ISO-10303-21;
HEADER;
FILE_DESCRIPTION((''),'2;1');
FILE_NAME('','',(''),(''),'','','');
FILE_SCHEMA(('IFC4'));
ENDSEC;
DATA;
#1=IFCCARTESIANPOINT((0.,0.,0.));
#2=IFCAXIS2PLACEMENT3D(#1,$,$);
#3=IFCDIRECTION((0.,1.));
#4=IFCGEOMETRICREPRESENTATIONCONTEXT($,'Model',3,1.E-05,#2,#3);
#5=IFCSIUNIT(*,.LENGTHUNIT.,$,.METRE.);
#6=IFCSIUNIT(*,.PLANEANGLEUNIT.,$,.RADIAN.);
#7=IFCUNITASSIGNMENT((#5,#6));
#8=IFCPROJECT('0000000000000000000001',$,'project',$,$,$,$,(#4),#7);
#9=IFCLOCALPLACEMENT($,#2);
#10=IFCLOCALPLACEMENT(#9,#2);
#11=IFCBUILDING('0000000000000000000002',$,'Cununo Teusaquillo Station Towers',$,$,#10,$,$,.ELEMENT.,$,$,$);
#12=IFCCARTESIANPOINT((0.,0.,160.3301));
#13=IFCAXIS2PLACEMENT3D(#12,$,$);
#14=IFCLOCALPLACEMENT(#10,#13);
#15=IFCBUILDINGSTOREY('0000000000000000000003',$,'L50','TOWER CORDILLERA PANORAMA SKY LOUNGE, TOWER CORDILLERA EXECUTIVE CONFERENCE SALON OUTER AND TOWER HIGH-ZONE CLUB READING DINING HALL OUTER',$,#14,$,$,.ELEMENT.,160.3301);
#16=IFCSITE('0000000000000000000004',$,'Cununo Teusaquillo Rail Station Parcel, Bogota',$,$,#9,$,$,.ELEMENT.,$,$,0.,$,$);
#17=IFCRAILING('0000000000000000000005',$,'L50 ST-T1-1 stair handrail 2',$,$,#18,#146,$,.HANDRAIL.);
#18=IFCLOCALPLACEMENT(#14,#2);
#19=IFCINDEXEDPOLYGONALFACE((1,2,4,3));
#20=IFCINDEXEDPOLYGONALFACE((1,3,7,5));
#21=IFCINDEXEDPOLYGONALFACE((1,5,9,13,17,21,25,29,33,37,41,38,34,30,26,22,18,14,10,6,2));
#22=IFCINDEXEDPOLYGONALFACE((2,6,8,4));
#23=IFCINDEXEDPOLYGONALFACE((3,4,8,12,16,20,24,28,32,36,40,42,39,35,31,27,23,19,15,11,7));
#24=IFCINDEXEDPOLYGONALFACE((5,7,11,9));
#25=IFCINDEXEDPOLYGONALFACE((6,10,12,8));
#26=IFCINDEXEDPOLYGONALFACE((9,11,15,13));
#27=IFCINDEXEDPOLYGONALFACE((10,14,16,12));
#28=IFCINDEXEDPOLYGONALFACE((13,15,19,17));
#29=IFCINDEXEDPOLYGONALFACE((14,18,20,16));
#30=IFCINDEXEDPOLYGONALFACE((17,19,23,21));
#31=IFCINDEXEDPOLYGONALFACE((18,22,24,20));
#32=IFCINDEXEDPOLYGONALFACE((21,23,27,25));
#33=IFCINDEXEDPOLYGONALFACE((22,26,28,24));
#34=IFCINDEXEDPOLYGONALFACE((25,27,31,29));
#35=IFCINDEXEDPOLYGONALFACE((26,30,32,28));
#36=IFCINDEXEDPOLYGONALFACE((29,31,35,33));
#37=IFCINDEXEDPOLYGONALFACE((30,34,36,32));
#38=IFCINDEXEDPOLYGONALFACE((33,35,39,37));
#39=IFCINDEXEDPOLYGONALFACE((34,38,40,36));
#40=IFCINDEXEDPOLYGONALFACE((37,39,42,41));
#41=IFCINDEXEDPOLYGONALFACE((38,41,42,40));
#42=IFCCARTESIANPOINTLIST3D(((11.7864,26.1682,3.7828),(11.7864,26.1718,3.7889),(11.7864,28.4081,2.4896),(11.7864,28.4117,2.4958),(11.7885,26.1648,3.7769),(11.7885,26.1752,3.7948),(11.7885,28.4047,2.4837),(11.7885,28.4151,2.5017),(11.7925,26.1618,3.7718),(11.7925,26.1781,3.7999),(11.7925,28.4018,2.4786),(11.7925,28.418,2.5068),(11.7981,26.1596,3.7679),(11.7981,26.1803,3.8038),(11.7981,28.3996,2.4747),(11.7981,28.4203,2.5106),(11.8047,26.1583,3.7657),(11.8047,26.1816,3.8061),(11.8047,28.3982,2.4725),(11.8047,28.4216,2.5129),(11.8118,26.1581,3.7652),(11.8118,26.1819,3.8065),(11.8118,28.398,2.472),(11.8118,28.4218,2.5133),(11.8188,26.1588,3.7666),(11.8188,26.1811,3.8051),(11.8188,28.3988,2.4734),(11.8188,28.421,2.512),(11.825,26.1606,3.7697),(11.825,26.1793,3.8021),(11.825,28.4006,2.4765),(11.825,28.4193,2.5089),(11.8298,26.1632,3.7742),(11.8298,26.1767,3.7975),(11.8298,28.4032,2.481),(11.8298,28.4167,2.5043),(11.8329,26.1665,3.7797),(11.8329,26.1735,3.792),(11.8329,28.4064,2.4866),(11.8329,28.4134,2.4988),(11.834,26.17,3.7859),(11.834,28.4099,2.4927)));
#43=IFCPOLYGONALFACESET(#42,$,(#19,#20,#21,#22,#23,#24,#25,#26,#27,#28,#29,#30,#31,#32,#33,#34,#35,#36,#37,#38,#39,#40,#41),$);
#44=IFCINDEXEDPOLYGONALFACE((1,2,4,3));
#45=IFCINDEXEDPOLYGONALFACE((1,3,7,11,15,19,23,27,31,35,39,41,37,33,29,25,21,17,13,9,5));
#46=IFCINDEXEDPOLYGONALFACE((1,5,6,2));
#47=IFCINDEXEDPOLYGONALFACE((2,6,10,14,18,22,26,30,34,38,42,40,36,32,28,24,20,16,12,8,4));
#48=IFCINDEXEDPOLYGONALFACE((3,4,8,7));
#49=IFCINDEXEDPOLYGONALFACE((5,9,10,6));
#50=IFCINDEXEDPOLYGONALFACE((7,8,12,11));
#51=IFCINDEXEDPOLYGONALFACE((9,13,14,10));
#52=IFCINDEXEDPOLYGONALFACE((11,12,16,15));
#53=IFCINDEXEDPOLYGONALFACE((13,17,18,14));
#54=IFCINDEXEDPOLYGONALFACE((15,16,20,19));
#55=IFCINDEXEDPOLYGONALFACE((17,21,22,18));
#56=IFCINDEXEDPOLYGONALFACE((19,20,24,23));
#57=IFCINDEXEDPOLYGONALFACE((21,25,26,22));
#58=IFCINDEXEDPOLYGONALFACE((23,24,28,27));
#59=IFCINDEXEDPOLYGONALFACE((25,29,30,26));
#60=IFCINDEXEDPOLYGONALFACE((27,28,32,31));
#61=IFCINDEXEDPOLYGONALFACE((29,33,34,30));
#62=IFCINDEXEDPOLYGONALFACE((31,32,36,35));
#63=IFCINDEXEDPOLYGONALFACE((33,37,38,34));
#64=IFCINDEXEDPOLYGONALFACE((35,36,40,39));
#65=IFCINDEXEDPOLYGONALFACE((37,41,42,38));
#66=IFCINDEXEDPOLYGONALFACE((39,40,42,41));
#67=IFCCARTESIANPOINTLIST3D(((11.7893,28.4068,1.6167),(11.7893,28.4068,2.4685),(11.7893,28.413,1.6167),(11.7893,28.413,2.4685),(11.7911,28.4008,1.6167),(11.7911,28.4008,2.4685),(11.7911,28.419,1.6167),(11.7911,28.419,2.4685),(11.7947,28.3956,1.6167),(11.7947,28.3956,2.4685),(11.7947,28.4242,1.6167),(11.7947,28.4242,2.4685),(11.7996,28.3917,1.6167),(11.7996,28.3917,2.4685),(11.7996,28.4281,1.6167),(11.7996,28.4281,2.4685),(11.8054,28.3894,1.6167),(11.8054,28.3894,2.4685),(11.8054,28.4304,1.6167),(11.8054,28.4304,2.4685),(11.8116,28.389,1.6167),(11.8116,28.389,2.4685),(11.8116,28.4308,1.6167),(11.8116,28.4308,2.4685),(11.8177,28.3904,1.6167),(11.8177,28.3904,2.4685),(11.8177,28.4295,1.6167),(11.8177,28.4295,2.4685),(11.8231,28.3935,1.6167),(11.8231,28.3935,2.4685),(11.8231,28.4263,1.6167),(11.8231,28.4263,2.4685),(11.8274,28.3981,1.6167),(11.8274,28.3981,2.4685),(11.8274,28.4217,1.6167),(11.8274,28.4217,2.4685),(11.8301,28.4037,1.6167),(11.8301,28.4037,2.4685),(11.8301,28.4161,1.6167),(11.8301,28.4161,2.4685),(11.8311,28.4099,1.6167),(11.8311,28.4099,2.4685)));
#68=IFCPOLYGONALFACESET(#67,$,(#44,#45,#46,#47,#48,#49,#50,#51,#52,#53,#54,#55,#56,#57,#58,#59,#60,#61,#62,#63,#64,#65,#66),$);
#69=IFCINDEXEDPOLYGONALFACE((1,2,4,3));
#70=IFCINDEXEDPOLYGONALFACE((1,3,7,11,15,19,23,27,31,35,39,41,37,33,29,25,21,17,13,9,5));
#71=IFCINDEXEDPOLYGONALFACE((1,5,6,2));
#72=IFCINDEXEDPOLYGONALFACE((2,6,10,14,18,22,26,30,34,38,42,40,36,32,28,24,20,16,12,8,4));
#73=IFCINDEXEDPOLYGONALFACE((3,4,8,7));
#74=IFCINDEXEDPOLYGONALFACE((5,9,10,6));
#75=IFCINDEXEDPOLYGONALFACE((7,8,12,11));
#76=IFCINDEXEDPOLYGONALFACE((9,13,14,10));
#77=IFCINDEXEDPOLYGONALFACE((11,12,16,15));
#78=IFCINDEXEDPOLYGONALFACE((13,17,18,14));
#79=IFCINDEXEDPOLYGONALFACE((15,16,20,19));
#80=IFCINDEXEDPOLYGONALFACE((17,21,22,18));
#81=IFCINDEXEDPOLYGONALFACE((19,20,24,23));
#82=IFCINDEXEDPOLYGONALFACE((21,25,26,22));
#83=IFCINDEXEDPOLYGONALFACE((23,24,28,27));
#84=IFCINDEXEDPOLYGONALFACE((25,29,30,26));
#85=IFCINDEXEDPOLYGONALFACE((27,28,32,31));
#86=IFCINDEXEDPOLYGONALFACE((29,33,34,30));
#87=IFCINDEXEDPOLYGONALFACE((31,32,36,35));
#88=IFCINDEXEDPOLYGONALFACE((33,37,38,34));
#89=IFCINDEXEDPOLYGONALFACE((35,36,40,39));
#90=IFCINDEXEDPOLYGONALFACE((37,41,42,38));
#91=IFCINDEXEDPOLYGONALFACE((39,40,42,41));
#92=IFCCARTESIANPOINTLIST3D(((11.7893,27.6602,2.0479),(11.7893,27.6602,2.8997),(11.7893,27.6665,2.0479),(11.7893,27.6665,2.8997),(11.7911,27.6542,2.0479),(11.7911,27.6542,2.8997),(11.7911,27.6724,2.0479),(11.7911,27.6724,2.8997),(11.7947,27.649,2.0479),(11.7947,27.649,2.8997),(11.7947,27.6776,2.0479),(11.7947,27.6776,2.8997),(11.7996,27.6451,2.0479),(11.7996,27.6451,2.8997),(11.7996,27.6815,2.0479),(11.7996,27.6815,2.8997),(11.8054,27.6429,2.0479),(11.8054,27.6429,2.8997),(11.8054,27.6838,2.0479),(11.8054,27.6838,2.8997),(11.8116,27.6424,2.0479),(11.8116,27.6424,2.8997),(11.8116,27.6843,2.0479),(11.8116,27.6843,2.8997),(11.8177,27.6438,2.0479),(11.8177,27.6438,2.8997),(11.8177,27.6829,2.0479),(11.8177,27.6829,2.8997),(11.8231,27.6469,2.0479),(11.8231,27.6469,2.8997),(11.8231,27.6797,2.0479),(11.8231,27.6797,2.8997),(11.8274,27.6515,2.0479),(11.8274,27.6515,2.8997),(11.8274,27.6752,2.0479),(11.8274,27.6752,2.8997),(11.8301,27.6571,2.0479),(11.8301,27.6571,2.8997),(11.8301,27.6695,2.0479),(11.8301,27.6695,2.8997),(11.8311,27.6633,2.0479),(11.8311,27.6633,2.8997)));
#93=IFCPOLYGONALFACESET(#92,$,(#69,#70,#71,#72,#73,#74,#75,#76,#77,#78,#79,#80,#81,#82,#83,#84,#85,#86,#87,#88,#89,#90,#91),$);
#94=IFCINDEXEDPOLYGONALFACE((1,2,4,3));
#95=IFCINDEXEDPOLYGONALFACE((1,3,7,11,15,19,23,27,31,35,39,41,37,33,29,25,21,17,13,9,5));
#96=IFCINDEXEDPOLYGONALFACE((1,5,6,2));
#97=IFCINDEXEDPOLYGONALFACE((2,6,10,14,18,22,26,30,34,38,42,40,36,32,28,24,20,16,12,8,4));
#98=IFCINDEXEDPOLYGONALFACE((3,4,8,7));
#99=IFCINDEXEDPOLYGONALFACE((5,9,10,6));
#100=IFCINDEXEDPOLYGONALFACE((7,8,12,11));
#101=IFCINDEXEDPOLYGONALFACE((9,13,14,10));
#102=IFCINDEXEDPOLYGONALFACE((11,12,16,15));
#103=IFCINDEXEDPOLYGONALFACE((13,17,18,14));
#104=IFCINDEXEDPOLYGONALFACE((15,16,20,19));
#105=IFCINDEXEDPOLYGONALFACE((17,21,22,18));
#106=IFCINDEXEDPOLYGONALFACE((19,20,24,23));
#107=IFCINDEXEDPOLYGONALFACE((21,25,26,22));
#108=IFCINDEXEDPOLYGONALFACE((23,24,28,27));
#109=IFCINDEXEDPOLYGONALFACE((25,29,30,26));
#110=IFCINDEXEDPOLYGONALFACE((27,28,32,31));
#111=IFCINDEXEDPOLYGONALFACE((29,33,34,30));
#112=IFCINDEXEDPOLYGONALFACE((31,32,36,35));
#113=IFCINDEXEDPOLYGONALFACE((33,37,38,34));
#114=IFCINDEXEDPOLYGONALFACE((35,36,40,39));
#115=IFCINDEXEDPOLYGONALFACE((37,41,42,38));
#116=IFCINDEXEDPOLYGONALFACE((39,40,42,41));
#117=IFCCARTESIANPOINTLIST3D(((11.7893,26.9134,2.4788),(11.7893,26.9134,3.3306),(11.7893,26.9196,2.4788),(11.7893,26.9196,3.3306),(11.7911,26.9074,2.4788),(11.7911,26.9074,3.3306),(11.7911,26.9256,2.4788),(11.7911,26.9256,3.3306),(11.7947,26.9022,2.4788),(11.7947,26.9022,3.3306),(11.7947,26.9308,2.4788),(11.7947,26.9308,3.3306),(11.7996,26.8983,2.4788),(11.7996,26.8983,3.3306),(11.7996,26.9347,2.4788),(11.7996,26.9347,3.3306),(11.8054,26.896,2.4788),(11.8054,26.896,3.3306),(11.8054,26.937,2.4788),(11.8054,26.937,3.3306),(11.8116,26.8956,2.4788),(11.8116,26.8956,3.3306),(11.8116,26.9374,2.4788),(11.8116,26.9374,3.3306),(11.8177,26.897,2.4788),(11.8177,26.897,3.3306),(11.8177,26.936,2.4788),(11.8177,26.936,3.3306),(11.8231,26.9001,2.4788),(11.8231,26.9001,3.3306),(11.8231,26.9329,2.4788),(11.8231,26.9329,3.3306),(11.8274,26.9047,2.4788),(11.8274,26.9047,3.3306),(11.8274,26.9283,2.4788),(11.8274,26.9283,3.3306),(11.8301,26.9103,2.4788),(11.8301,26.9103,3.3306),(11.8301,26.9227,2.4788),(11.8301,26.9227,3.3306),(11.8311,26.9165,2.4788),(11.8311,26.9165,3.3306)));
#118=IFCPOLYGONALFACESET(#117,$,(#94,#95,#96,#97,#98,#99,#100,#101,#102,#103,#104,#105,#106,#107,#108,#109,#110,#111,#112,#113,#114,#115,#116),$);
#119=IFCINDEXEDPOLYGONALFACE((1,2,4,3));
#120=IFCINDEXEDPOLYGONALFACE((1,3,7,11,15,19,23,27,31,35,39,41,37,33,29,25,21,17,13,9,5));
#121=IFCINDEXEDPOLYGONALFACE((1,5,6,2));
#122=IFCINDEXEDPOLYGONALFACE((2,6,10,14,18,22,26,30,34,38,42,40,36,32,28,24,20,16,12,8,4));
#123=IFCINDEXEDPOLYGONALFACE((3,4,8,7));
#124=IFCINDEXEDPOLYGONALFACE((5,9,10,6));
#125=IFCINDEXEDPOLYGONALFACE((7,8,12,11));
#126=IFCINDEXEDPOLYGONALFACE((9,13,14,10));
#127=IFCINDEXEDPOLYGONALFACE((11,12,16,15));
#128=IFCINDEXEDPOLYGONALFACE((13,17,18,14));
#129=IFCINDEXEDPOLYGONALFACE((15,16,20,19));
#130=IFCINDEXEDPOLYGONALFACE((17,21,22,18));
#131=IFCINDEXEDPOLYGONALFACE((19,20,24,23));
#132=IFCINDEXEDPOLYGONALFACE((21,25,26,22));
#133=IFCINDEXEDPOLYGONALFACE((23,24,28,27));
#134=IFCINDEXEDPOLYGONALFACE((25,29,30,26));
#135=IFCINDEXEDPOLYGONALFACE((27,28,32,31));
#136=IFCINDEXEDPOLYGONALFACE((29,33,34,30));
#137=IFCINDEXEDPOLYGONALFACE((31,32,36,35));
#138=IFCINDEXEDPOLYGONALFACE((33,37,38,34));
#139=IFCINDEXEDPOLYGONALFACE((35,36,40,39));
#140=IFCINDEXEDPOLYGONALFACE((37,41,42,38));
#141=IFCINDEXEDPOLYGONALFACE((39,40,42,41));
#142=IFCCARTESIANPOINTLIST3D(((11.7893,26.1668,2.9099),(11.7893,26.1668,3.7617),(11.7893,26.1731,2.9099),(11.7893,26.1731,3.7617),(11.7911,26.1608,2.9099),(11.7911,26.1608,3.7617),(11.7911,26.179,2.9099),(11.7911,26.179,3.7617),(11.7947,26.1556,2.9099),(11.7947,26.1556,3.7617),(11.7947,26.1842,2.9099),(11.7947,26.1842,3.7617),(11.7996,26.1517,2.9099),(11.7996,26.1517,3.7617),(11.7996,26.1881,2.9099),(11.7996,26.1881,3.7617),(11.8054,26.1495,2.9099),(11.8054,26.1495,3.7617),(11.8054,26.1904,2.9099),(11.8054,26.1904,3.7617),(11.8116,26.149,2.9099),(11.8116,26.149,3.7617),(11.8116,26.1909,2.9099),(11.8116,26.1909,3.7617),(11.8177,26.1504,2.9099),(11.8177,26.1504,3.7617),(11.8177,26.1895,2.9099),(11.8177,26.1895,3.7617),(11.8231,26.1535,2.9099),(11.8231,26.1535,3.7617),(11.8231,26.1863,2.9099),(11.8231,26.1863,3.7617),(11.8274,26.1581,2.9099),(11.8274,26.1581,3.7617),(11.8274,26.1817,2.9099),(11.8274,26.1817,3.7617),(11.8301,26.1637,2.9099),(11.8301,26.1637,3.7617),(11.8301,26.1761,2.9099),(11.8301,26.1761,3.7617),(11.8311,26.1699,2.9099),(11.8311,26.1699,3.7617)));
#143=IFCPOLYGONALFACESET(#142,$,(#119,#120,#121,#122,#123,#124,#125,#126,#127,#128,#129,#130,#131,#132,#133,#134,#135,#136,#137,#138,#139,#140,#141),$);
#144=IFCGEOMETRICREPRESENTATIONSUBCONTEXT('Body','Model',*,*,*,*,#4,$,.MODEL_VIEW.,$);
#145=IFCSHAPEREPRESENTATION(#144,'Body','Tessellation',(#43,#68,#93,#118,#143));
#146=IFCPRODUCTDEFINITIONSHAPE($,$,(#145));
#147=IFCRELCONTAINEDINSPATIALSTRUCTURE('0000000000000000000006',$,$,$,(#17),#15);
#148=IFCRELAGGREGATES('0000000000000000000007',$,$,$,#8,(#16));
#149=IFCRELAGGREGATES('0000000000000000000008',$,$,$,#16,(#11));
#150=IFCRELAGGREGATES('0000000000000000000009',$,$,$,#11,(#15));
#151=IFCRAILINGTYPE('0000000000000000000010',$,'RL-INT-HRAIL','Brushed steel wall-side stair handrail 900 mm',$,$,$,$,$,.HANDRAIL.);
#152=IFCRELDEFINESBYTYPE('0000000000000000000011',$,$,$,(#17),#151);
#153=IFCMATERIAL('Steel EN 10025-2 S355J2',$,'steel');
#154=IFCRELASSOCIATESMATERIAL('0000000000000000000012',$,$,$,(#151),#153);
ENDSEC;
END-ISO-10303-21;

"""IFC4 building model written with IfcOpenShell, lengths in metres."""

from ifc_helpers import new_model, si_unit, direction, frame, origin, origin_2d, place, context, subcontext, project, spatial, circle, extrude, material, type_object, element, save


model = new_model("IFC4")

# Units and contexts
model_context = context("Model", 3, precision=1e-05, world=origin(), true_north=direction((0.0, 1.0)))
body_context = subcontext(model_context, "Body", "Model", "MODEL_VIEW")
ifc_project = project(units=[si_unit("LENGTHUNIT", "METRE"), si_unit("PLANEANGLEUNIT", "RADIAN")], contexts=[model_context])

# Site, building, storey
site_placement = place(None, origin())
site = spatial("IfcSite", under=ifc_project, at=site_placement, Name="Cununo Teusaquillo Rail Station Parcel, Bogota", CompositionType="ELEMENT", RefElevation=0.0)
building_placement = place(site_placement, origin())
building = spatial("IfcBuilding", under=site, at=building_placement, Name="Cununo Teusaquillo Station Towers", CompositionType="ELEMENT")
storey_placement = place(building_placement, frame((0.0, 0.0, 160.3301)))
storey = spatial("IfcBuildingStorey", under=building, at=storey_placement, Name="L50", Description="TOWER CORDILLERA PANORAMA SKY LOUNGE, TOWER CORDILLERA EXECUTIVE CONFERENCE SALON OUTER AND TOWER HIGH-ZONE CLUB READING DINING HALL OUTER", CompositionType="ELEMENT", Elevation=160.3301)

# Railing
ifc_material_1 = material(Name="Steel EN 10025-2 S355J2", Category="steel")
railing_type_1 = type_object("IfcRailingType", Name="RL-INT-HRAIL", Description="Brushed steel wall-side stair handrail 900 mm", PredefinedType="HANDRAIL", material=ifc_material_1)
railing_1_placement = place(storey_placement, frame((11.8101, 28.4099, 1.6167)))
element("IfcRailing", 1, at=railing_1_placement, inside=storey, type_object=railing_type_1, Name="L50 ST-T1-1 stair handrail 2", PredefinedType="HANDRAIL", context=body_context, shape_type="SweptSolid", body=[
    extrude(circle(Radius=0.0239, at=origin_2d()), frame((0.0, 0.0, 0.876), z_axis=(0.0, -0.866033, 0.499987), x_axis=(1.0, 0.0, 0.0)), (0.0, 0.0, 1.0), 2.5864),
    extrude(circle(Radius=0.021, at=origin_2d()), origin(), (0.0, 0.0, 1.0), 0.8518),
    extrude(circle(Radius=0.021, at=origin_2d()), frame((0.0, -0.7466, 0.4312)), (0.0, 0.0, 1.0), 0.8518),
    extrude(circle(Radius=0.021, at=origin_2d()), frame((0.0, -1.4934, 0.8621)), (0.0, 0.0, 1.0), 0.8518),
    extrude(circle(Radius=0.021, at=origin_2d()), frame((0.0, -2.24, 1.2932)), (0.0, 0.0, 1.0), 0.8518),
])

save(model, "model.ifc")
